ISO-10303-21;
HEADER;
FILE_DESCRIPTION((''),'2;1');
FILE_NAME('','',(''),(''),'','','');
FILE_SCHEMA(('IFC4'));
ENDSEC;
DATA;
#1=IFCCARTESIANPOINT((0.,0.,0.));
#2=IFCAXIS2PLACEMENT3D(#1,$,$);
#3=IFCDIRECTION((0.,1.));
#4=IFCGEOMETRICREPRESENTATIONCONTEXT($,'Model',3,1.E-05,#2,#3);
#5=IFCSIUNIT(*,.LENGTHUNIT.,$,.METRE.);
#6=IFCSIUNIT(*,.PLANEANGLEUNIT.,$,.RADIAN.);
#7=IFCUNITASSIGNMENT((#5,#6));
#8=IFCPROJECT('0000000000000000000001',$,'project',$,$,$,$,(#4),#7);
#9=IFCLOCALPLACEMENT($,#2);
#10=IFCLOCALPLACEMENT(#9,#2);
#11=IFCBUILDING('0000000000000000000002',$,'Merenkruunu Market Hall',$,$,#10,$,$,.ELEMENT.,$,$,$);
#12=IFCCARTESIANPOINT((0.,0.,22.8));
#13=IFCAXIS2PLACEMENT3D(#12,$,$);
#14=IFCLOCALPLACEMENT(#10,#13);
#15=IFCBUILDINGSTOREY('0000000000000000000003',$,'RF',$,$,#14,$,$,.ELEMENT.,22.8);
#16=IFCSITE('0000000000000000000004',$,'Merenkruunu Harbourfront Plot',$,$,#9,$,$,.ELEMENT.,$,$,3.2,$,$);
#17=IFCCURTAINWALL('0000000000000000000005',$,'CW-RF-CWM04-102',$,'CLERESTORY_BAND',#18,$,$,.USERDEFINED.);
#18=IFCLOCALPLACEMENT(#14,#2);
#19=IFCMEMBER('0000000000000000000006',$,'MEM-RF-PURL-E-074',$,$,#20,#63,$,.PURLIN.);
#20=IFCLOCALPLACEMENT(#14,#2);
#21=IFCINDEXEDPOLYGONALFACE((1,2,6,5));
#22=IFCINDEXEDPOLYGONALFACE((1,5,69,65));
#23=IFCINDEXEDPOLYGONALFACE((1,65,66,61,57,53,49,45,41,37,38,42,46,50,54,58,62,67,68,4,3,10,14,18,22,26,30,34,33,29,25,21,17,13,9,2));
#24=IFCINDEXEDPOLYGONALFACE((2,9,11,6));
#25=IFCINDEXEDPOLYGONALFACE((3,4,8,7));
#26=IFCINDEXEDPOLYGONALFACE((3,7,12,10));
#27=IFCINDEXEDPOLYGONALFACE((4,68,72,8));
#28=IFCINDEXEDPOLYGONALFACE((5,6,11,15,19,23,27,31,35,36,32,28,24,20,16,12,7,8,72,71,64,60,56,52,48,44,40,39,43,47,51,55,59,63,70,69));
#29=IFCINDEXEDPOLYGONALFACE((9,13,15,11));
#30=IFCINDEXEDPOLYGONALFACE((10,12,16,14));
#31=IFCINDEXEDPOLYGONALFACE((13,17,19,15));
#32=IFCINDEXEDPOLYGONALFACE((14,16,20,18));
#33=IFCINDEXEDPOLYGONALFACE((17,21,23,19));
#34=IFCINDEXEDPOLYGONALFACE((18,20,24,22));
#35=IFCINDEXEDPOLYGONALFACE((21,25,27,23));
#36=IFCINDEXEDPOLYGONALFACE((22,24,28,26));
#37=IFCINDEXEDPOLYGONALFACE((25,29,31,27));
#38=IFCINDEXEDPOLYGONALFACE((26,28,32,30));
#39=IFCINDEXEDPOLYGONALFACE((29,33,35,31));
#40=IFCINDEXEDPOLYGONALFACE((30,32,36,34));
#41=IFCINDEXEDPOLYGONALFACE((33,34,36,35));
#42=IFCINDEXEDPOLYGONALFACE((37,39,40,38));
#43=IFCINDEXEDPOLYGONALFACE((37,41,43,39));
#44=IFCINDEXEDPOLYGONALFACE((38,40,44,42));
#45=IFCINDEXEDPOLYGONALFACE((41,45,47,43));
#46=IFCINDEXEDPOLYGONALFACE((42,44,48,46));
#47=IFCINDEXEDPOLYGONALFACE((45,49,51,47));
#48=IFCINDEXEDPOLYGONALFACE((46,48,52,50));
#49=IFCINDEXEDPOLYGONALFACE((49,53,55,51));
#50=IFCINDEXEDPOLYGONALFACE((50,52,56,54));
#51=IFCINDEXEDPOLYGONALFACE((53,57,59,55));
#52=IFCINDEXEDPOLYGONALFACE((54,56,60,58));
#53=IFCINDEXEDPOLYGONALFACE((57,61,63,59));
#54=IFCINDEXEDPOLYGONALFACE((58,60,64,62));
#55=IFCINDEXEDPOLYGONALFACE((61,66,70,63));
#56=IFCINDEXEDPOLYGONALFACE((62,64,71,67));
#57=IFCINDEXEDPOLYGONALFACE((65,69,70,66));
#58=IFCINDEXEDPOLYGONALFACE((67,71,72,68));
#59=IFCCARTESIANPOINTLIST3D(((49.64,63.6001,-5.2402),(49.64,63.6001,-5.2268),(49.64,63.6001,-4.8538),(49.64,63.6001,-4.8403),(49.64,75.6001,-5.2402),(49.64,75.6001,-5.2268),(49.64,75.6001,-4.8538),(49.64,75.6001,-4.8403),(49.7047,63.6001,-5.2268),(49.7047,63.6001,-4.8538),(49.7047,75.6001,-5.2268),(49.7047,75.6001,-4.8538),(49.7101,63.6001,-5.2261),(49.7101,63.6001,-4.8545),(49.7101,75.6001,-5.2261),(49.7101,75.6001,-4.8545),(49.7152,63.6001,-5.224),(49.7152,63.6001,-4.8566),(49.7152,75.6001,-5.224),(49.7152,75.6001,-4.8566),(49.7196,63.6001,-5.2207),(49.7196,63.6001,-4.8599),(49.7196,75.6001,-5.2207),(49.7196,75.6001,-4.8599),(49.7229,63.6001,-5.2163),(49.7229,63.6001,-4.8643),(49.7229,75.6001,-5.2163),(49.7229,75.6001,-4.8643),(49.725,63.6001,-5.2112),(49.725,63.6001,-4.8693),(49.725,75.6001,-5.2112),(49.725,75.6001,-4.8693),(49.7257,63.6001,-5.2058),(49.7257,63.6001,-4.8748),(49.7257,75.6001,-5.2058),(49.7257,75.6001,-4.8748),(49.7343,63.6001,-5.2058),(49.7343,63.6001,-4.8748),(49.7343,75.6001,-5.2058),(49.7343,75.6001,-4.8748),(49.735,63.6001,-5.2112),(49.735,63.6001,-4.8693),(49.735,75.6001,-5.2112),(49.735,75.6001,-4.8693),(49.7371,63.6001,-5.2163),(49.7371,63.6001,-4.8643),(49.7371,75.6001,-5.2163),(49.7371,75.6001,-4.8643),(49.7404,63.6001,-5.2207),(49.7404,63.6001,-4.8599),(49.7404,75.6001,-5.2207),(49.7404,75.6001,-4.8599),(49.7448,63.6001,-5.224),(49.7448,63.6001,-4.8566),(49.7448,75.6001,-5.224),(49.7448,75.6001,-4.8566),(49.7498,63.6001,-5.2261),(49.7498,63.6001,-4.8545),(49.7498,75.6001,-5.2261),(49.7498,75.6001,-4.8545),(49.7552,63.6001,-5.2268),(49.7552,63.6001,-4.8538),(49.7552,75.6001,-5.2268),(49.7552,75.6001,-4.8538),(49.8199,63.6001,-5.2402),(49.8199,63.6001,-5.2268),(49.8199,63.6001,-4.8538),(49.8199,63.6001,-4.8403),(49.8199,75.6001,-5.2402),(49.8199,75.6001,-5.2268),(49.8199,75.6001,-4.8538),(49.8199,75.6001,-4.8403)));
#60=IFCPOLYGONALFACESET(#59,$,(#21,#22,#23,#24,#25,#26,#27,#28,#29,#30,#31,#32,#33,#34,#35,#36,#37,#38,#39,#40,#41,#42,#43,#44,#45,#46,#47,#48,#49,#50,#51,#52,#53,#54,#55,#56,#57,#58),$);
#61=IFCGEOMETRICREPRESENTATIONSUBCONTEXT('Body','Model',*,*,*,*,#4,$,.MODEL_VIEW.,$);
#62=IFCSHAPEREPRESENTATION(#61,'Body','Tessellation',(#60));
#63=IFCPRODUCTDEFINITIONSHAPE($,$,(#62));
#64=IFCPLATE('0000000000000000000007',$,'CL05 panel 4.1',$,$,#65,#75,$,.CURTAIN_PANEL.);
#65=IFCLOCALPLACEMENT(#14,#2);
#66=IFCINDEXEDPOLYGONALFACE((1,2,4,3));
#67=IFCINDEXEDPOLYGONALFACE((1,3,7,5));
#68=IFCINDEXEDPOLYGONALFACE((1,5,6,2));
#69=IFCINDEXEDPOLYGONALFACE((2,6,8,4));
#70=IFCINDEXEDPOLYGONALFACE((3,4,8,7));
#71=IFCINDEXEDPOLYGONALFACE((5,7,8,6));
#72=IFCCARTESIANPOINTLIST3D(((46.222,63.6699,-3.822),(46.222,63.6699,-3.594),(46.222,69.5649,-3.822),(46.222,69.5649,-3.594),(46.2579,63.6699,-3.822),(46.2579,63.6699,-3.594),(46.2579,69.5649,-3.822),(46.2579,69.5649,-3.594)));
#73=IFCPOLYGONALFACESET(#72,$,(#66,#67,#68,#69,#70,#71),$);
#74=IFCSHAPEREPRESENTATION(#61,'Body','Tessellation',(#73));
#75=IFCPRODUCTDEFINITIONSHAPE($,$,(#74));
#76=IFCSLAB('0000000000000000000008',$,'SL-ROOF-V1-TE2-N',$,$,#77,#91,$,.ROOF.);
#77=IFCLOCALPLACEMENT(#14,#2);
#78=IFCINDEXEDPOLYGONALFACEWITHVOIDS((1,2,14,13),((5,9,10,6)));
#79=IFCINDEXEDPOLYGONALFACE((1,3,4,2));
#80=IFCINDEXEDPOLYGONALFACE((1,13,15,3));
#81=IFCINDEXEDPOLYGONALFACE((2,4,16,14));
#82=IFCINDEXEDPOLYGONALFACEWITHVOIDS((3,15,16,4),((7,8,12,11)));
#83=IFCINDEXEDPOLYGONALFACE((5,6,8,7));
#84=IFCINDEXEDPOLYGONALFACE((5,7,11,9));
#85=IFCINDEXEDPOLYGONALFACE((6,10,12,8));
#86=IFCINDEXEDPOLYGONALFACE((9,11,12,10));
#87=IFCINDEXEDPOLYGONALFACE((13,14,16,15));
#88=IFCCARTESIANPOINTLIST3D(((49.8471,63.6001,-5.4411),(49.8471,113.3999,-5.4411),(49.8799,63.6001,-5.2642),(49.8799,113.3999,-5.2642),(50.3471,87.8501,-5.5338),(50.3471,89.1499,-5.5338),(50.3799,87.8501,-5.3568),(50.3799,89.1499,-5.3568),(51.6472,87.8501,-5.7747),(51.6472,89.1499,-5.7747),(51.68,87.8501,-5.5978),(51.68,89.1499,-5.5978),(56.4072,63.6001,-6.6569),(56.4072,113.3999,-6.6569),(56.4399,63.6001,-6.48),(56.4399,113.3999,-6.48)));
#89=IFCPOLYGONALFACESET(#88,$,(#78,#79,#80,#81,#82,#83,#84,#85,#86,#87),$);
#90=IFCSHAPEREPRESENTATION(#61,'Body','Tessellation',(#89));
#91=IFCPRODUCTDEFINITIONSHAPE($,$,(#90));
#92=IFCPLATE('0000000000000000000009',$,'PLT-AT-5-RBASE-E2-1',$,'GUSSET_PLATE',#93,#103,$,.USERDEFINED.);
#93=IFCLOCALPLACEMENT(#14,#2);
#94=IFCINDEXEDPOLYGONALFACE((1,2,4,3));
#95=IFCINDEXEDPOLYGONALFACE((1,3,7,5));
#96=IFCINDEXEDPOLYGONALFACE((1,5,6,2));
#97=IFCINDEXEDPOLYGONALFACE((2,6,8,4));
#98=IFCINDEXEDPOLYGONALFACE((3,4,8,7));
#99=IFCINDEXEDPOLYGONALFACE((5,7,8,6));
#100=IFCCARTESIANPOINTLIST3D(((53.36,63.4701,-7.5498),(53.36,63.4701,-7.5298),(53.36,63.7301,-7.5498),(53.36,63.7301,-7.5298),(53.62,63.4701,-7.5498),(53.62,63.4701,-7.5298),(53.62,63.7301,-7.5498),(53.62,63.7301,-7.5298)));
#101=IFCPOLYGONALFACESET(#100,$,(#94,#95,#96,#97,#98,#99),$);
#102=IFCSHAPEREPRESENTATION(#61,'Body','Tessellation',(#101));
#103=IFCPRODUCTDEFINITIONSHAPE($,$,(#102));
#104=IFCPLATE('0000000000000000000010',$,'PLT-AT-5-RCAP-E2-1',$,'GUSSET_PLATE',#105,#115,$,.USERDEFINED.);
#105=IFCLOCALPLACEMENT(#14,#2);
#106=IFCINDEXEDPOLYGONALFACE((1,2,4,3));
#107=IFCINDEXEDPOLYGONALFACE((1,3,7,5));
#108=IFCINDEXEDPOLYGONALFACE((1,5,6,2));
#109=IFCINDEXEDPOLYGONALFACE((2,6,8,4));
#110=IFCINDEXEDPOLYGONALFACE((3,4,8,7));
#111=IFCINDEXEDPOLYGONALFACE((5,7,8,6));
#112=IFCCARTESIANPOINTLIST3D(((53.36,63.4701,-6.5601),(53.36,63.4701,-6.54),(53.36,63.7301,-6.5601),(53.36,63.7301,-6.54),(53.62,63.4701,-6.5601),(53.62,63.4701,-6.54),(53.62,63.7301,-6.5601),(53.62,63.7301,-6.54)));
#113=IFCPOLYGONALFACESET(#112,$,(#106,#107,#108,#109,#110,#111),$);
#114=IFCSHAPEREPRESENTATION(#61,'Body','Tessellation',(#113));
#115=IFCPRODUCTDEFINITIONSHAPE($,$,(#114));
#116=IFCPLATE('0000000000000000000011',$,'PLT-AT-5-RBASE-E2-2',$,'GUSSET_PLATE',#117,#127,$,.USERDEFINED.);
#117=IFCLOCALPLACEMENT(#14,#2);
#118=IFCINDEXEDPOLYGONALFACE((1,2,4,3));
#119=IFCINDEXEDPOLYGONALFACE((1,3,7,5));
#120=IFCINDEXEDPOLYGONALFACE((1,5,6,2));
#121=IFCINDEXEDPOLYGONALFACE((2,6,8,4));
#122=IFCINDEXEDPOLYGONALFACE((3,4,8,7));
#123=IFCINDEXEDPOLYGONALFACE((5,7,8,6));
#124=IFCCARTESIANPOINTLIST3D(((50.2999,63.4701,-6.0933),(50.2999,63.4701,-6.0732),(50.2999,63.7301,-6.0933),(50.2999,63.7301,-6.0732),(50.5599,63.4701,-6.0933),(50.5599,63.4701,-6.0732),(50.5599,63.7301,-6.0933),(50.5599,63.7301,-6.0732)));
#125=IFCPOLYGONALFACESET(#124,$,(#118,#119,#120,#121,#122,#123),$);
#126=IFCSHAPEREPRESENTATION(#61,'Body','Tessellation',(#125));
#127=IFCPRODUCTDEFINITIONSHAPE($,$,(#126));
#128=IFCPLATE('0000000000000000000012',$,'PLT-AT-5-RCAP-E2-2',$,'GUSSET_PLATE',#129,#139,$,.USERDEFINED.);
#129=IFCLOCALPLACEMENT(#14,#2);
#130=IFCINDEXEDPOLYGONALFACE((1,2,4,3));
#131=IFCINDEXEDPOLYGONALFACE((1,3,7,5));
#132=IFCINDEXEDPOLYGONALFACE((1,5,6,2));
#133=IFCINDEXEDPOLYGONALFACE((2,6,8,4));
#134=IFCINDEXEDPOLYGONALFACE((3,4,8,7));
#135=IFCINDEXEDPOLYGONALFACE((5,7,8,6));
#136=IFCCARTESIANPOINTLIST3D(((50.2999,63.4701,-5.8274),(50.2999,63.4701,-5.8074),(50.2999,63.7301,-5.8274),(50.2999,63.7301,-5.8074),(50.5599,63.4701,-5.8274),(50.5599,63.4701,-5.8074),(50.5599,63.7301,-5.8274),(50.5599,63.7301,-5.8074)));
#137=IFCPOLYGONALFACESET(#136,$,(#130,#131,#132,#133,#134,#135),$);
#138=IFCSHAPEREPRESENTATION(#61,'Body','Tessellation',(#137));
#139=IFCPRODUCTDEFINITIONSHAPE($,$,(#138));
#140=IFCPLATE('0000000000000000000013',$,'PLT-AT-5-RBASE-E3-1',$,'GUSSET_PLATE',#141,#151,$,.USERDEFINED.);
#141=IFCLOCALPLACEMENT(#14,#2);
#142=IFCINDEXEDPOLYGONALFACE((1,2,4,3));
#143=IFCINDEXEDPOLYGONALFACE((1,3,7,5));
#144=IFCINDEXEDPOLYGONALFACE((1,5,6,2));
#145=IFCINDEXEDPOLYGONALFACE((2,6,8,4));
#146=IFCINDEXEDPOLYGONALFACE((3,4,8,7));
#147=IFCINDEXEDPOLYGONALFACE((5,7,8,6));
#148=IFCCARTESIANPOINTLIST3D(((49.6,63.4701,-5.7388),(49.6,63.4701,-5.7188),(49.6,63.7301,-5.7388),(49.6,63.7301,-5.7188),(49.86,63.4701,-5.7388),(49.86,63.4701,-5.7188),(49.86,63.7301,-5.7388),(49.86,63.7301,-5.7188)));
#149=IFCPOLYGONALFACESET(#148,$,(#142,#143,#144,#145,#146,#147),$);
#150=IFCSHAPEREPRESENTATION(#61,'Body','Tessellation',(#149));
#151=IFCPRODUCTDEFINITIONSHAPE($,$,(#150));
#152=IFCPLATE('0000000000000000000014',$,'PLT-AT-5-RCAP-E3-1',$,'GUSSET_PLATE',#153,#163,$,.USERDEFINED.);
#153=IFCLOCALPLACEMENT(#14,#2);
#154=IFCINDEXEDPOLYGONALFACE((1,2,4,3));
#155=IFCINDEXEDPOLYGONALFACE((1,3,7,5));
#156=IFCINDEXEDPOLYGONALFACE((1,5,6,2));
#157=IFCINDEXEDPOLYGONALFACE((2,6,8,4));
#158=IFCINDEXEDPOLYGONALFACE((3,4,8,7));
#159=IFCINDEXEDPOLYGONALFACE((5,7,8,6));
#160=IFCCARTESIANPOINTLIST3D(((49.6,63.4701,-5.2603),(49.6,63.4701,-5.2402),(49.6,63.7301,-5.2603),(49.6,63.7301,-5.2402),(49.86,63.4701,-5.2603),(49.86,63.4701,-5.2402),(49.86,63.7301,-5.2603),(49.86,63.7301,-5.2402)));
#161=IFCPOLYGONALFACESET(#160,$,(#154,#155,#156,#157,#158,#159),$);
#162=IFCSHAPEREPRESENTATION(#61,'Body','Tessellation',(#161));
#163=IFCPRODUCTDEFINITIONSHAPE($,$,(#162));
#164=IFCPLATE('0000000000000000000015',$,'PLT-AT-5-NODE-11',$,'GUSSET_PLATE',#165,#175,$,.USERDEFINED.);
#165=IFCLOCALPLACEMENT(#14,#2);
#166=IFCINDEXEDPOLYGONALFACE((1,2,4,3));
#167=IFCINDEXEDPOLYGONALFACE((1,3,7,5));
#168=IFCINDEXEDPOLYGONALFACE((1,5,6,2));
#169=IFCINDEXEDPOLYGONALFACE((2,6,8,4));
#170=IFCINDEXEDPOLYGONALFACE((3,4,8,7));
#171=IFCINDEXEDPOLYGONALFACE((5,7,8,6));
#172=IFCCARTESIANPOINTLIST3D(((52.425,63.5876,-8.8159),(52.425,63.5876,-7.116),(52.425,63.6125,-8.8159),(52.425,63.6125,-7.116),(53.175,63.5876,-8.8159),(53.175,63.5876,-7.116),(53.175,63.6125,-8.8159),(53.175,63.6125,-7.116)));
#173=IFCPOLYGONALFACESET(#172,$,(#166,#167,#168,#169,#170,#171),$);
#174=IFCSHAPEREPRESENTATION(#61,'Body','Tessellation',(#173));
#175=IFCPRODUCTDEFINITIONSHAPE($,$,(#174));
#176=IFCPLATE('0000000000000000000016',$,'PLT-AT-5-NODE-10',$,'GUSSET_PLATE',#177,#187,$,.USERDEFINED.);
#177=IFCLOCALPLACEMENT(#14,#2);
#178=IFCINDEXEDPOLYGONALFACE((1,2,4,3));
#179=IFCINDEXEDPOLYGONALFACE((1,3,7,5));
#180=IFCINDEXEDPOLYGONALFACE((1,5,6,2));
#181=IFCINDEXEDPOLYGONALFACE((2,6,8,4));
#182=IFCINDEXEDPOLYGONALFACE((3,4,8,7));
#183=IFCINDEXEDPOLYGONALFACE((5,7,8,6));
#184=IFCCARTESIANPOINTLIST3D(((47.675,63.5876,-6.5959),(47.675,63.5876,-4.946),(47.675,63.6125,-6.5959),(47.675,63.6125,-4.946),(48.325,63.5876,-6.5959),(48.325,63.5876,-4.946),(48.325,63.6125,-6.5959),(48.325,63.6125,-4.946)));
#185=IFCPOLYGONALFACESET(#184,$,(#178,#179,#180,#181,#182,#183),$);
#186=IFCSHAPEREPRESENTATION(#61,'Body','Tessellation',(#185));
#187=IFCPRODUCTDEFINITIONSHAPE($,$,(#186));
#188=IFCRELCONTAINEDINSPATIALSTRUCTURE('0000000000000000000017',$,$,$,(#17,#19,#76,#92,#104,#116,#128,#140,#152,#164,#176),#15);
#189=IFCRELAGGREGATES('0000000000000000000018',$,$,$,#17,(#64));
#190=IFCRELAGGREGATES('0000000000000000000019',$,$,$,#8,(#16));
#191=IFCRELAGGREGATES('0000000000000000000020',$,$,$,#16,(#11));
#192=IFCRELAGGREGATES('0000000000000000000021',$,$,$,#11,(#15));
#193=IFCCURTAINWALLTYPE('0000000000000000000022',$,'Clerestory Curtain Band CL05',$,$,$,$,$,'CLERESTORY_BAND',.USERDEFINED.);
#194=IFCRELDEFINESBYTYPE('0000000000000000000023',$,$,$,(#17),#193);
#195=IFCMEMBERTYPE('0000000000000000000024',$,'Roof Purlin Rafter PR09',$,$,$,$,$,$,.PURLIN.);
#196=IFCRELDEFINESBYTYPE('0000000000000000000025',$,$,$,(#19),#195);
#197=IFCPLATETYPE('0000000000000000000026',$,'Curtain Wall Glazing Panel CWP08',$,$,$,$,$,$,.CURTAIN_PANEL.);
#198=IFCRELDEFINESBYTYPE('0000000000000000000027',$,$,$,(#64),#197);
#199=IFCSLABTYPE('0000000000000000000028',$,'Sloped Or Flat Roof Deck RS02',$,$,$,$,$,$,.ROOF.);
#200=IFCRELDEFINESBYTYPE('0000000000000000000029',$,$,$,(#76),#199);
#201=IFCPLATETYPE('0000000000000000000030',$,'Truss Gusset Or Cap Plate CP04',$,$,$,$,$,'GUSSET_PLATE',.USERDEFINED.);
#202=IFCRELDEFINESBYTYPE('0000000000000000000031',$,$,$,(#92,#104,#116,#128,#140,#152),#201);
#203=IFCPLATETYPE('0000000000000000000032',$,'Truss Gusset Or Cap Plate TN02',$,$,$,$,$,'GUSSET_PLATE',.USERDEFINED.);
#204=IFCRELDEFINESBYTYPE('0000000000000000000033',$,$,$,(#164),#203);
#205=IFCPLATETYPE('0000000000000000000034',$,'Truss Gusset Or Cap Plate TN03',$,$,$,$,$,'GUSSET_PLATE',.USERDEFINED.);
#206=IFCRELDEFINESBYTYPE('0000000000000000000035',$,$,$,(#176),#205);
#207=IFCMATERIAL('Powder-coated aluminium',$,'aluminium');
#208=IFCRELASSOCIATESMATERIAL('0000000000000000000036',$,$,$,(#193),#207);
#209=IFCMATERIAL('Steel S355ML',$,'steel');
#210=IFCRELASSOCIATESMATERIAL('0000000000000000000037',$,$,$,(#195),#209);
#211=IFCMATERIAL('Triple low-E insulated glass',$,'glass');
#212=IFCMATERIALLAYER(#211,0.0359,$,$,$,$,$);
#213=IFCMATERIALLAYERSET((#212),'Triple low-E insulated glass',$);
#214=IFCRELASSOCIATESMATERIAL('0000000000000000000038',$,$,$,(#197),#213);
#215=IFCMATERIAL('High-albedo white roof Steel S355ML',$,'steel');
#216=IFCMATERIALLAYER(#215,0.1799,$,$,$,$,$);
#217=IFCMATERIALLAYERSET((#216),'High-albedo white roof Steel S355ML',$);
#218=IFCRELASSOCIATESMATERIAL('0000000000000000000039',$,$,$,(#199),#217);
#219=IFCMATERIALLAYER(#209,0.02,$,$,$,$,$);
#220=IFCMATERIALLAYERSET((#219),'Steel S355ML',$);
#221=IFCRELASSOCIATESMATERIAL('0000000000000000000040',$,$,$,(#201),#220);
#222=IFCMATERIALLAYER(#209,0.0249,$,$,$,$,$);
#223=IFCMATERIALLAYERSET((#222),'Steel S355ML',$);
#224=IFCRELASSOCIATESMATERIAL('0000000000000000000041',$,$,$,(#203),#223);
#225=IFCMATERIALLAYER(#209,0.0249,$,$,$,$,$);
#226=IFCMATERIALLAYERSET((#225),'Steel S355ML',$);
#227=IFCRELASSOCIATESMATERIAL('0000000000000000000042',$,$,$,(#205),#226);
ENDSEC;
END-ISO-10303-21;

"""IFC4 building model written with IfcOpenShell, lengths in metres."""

from ifc_helpers import new_model, si_unit, direction, frame, origin, origin_2d, place, context, subcontext, project, spatial, polyline, rectangle, i_section, outline, extrude, material, layer, layer_set, material_profile, profile_set, type_object, element, aggregate, save


model = new_model("IFC4")

# Units and contexts
model_context = context("Model", 3, precision=1e-05, world=origin(), true_north=direction((0.0, 1.0)))
body_context = subcontext(model_context, "Body", "Model", "MODEL_VIEW")
ifc_project = project(units=[si_unit("LENGTHUNIT", "METRE"), si_unit("PLANEANGLEUNIT", "RADIAN")], contexts=[model_context])

# Site, building, storey
site_placement = place(None, origin())
site = spatial("IfcSite", under=ifc_project, at=site_placement, Name="Merenkruunu Harbourfront Plot", CompositionType="ELEMENT", RefElevation=3.2)
building_placement = place(site_placement, origin())
building = spatial("IfcBuilding", under=site, at=building_placement, Name="Merenkruunu Market Hall", CompositionType="ELEMENT")
storey_placement = place(building_placement, frame((0.0, 0.0, 22.8)))
storey = spatial("IfcBuildingStorey", under=building, at=storey_placement, Name="RF", CompositionType="ELEMENT", Elevation=22.8)

# Shared definitions
ifc_material_1 = material(Name="Steel S355ML", Category="steel")

# Curtain wall
ifc_material_2 = material(Name="Powder-coated aluminium", Category="aluminium")
curtain_wall_type = type_object("IfcCurtainWallType", Name="Clerestory Curtain Band CL05", ElementType="CLERESTORY_BAND", PredefinedType="USERDEFINED", material=ifc_material_2)
curtain_wall_1_placement = place(storey_placement, origin())
curtain_wall_1 = element("IfcCurtainWall", 1, at=curtain_wall_1_placement, inside=storey, type_object=curtain_wall_type, Name="CW-RF-CWM04-102", ObjectType="CLERESTORY_BAND", PredefinedType="USERDEFINED")

# Member
ifc_material_profile_1 = material_profile(ifc_material_1, i_section(OverallWidth=0.1799, OverallDepth=0.3999, WebThickness=0.0085, FlangeThickness=0.0134, FilletRadius=0.021, at=origin_2d()), Name="IPE 400")
ifc_profile_set_1 = profile_set([ifc_material_profile_1], Name="Steel S355ML")
member_type_1 = type_object("IfcMemberType", Name="Roof Purlin Rafter PR09", PredefinedType="PURLIN", material=ifc_profile_set_1)
member_1_placement = place(storey_placement, frame((49.73, 63.6001, -5.0403), z_axis=(0.0, 1.0, 0.0), x_axis=(-1.0, 0.0, 0.0)))
element("IfcMember", 2, at=member_1_placement, inside=storey, type_object=member_type_1, Name="MEM-RF-PURL-E-074", PredefinedType="PURLIN", context=body_context, shape_type="SweptSolid", body=[
    extrude(i_section(OverallWidth=0.1799, OverallDepth=0.3999, WebThickness=0.0085, FlangeThickness=0.0134, FilletRadius=0.021, at=origin_2d()), origin(), (0.0, 0.0, 1.0), 12.0),
])

# Plate
ifc_material_3 = material(Name="Triple low-E insulated glass", Category="glass")
ifc_layer_1 = layer(ifc_material_3, 0.0359)
ifc_layer_set_1 = layer_set([ifc_layer_1], Name="Triple low-E insulated glass")
plate_type_1 = type_object("IfcPlateType", Name="Curtain Wall Glazing Panel CWP08", PredefinedType="CURTAIN_PANEL", material=ifc_layer_set_1)
plate_1_placement = place(storey_placement, frame((46.24, 66.6174, -3.822), z_axis=(0.0, 0.0, 1.0), x_axis=(0.0, -1.0, 0.0)))
plate_1 = element("IfcPlate", 3, at=plate_1_placement, type_object=plate_type_1, Name="CL05 panel 4.1", PredefinedType="CURTAIN_PANEL", context=body_context, shape_type="SweptSolid", body=[
    extrude(rectangle(XDim=5.895, YDim=0.0359, at=origin_2d()), origin(), (0.0, 0.0, 1.0), 0.228),
])
aggregate(curtain_wall_1, [plate_1])

# Slab
ifc_material_4 = material(Name="High-albedo white roof Steel S355ML", Category="steel")
ifc_layer_2 = layer(ifc_material_4, 0.1799)
ifc_layer_set_2 = layer_set([ifc_layer_2], Name="High-albedo white roof Steel S355ML")
slab_type = type_object("IfcSlabType", Name="Sloped Or Flat Roof Deck RS02", PredefinedType="ROOF", material=ifc_layer_set_2)
slab_placement = place(storey_placement, frame((49.8799, 63.6001, -5.2642), z_axis=(0.182233, 0.0, 0.983255), x_axis=(0.983255, 0.0, -0.182233)))
element("IfcSlab", 4, at=slab_placement, inside=storey, type_object=slab_type, Name="SL-ROOF-V1-TE2-N", PredefinedType="ROOF", context=body_context, shape_type="SweptSolid", body=[
    extrude(outline(polyline([(0.0, 0.0), (6.6718, 0.0), (6.6718, 49.7998), (0.0, 49.7998), (0.0, 0.0)]), holes=[polyline([(0.5085, 24.25), (1.8307, 24.25), (1.8307, 25.5498), (0.5085, 25.5498), (0.5085, 24.25)])]), origin(), (0.0, 0.0, -1.0), 0.1799),
])

# Plates
ifc_layer_3 = layer(ifc_material_1, 0.02)
ifc_layer_set_3 = layer_set([ifc_layer_3], Name="Steel S355ML")
plate_type_2 = type_object("IfcPlateType", Name="Truss Gusset Or Cap Plate CP04", ElementType="GUSSET_PLATE", PredefinedType="USERDEFINED", material=ifc_layer_set_3)
for number, where, z_axis, x_axis, name in (
    (5, (53.49, 63.6001, -7.5498), (0.0, 0.0, 1.0), (1.0, 0.0, 0.0), "PLT-AT-5-RBASE-E2-1"),
    (6, (53.49, 63.6001, -6.5601), (0.0, 0.0, 1.0), (1.0, 0.0, 0.0), "PLT-AT-5-RCAP-E2-1"),
    (7, (50.4299, 63.6001, -6.0933), (0.0, 0.0, 1.0), (1.0, 0.0, 0.0), "PLT-AT-5-RBASE-E2-2"),
    (8, (50.4299, 63.6001, -5.8274), (0.0, 0.0, 1.0), (1.0, 0.0, 0.0), "PLT-AT-5-RCAP-E2-2"),
    (9, (49.73, 63.6001, -5.7388), (0.0, 0.0, 1.0), (1.0, 0.0, 0.0), "PLT-AT-5-RBASE-E3-1"),
    (10, (49.73, 63.6001, -5.2603), (0.0, 0.0, 1.0), (1.0, 0.0, 0.0), "PLT-AT-5-RCAP-E3-1"),
):
    element("IfcPlate", number, at=place(storey_placement, frame(where, z_axis=z_axis, x_axis=x_axis)), inside=storey, type_object=plate_type_2, Name=name, ObjectType="GUSSET_PLATE", PredefinedType="USERDEFINED", context=body_context, shape_type="SweptSolid", body=[
        extrude(rectangle(XDim=0.26, YDim=0.26, at=origin_2d()), origin(), (0.0, 0.0, 1.0), 0.02),
    ])
ifc_layer_4 = layer(ifc_material_1, 0.0249)
ifc_layer_set_4 = layer_set([ifc_layer_4], Name="Steel S355ML")
plate_type_3 = type_object("IfcPlateType", Name="Truss Gusset Or Cap Plate TN02", ElementType="GUSSET_PLATE", PredefinedType="USERDEFINED", material=ifc_layer_set_4)
plate_2_placement = place(storey_placement, frame((52.8, 63.6001, -8.8159), z_axis=(0.0, 0.0, 1.0), x_axis=(1.0, 0.0, 0.0)))
element("IfcPlate", 11, at=plate_2_placement, inside=storey, type_object=plate_type_3, Name="PLT-AT-5-NODE-11", ObjectType="GUSSET_PLATE", PredefinedType="USERDEFINED", context=body_context, shape_type="SweptSolid", body=[
    extrude(rectangle(XDim=0.75, YDim=0.0249, at=origin_2d()), origin(), (0.0, 0.0, 1.0), 1.7),
])
ifc_layer_5 = layer(ifc_material_1, 0.0249)
ifc_layer_set_5 = layer_set([ifc_layer_5], Name="Steel S355ML")
plate_type_4 = type_object("IfcPlateType", Name="Truss Gusset Or Cap Plate TN03", ElementType="GUSSET_PLATE", PredefinedType="USERDEFINED", material=ifc_layer_set_5)
plate_3_placement = place(storey_placement, frame((48.0, 63.6001, -6.5959), z_axis=(0.0, 0.0, 1.0), x_axis=(1.0, 0.0, 0.0)))
element("IfcPlate", 12, at=plate_3_placement, inside=storey, type_object=plate_type_4, Name="PLT-AT-5-NODE-10", ObjectType="GUSSET_PLATE", PredefinedType="USERDEFINED", context=body_context, shape_type="SweptSolid", body=[
    extrude(rectangle(XDim=0.6499, YDim=0.0249, at=origin_2d()), origin(), (0.0, 0.0, 1.0), 1.6499),
])

save(model, "model.ifc")
